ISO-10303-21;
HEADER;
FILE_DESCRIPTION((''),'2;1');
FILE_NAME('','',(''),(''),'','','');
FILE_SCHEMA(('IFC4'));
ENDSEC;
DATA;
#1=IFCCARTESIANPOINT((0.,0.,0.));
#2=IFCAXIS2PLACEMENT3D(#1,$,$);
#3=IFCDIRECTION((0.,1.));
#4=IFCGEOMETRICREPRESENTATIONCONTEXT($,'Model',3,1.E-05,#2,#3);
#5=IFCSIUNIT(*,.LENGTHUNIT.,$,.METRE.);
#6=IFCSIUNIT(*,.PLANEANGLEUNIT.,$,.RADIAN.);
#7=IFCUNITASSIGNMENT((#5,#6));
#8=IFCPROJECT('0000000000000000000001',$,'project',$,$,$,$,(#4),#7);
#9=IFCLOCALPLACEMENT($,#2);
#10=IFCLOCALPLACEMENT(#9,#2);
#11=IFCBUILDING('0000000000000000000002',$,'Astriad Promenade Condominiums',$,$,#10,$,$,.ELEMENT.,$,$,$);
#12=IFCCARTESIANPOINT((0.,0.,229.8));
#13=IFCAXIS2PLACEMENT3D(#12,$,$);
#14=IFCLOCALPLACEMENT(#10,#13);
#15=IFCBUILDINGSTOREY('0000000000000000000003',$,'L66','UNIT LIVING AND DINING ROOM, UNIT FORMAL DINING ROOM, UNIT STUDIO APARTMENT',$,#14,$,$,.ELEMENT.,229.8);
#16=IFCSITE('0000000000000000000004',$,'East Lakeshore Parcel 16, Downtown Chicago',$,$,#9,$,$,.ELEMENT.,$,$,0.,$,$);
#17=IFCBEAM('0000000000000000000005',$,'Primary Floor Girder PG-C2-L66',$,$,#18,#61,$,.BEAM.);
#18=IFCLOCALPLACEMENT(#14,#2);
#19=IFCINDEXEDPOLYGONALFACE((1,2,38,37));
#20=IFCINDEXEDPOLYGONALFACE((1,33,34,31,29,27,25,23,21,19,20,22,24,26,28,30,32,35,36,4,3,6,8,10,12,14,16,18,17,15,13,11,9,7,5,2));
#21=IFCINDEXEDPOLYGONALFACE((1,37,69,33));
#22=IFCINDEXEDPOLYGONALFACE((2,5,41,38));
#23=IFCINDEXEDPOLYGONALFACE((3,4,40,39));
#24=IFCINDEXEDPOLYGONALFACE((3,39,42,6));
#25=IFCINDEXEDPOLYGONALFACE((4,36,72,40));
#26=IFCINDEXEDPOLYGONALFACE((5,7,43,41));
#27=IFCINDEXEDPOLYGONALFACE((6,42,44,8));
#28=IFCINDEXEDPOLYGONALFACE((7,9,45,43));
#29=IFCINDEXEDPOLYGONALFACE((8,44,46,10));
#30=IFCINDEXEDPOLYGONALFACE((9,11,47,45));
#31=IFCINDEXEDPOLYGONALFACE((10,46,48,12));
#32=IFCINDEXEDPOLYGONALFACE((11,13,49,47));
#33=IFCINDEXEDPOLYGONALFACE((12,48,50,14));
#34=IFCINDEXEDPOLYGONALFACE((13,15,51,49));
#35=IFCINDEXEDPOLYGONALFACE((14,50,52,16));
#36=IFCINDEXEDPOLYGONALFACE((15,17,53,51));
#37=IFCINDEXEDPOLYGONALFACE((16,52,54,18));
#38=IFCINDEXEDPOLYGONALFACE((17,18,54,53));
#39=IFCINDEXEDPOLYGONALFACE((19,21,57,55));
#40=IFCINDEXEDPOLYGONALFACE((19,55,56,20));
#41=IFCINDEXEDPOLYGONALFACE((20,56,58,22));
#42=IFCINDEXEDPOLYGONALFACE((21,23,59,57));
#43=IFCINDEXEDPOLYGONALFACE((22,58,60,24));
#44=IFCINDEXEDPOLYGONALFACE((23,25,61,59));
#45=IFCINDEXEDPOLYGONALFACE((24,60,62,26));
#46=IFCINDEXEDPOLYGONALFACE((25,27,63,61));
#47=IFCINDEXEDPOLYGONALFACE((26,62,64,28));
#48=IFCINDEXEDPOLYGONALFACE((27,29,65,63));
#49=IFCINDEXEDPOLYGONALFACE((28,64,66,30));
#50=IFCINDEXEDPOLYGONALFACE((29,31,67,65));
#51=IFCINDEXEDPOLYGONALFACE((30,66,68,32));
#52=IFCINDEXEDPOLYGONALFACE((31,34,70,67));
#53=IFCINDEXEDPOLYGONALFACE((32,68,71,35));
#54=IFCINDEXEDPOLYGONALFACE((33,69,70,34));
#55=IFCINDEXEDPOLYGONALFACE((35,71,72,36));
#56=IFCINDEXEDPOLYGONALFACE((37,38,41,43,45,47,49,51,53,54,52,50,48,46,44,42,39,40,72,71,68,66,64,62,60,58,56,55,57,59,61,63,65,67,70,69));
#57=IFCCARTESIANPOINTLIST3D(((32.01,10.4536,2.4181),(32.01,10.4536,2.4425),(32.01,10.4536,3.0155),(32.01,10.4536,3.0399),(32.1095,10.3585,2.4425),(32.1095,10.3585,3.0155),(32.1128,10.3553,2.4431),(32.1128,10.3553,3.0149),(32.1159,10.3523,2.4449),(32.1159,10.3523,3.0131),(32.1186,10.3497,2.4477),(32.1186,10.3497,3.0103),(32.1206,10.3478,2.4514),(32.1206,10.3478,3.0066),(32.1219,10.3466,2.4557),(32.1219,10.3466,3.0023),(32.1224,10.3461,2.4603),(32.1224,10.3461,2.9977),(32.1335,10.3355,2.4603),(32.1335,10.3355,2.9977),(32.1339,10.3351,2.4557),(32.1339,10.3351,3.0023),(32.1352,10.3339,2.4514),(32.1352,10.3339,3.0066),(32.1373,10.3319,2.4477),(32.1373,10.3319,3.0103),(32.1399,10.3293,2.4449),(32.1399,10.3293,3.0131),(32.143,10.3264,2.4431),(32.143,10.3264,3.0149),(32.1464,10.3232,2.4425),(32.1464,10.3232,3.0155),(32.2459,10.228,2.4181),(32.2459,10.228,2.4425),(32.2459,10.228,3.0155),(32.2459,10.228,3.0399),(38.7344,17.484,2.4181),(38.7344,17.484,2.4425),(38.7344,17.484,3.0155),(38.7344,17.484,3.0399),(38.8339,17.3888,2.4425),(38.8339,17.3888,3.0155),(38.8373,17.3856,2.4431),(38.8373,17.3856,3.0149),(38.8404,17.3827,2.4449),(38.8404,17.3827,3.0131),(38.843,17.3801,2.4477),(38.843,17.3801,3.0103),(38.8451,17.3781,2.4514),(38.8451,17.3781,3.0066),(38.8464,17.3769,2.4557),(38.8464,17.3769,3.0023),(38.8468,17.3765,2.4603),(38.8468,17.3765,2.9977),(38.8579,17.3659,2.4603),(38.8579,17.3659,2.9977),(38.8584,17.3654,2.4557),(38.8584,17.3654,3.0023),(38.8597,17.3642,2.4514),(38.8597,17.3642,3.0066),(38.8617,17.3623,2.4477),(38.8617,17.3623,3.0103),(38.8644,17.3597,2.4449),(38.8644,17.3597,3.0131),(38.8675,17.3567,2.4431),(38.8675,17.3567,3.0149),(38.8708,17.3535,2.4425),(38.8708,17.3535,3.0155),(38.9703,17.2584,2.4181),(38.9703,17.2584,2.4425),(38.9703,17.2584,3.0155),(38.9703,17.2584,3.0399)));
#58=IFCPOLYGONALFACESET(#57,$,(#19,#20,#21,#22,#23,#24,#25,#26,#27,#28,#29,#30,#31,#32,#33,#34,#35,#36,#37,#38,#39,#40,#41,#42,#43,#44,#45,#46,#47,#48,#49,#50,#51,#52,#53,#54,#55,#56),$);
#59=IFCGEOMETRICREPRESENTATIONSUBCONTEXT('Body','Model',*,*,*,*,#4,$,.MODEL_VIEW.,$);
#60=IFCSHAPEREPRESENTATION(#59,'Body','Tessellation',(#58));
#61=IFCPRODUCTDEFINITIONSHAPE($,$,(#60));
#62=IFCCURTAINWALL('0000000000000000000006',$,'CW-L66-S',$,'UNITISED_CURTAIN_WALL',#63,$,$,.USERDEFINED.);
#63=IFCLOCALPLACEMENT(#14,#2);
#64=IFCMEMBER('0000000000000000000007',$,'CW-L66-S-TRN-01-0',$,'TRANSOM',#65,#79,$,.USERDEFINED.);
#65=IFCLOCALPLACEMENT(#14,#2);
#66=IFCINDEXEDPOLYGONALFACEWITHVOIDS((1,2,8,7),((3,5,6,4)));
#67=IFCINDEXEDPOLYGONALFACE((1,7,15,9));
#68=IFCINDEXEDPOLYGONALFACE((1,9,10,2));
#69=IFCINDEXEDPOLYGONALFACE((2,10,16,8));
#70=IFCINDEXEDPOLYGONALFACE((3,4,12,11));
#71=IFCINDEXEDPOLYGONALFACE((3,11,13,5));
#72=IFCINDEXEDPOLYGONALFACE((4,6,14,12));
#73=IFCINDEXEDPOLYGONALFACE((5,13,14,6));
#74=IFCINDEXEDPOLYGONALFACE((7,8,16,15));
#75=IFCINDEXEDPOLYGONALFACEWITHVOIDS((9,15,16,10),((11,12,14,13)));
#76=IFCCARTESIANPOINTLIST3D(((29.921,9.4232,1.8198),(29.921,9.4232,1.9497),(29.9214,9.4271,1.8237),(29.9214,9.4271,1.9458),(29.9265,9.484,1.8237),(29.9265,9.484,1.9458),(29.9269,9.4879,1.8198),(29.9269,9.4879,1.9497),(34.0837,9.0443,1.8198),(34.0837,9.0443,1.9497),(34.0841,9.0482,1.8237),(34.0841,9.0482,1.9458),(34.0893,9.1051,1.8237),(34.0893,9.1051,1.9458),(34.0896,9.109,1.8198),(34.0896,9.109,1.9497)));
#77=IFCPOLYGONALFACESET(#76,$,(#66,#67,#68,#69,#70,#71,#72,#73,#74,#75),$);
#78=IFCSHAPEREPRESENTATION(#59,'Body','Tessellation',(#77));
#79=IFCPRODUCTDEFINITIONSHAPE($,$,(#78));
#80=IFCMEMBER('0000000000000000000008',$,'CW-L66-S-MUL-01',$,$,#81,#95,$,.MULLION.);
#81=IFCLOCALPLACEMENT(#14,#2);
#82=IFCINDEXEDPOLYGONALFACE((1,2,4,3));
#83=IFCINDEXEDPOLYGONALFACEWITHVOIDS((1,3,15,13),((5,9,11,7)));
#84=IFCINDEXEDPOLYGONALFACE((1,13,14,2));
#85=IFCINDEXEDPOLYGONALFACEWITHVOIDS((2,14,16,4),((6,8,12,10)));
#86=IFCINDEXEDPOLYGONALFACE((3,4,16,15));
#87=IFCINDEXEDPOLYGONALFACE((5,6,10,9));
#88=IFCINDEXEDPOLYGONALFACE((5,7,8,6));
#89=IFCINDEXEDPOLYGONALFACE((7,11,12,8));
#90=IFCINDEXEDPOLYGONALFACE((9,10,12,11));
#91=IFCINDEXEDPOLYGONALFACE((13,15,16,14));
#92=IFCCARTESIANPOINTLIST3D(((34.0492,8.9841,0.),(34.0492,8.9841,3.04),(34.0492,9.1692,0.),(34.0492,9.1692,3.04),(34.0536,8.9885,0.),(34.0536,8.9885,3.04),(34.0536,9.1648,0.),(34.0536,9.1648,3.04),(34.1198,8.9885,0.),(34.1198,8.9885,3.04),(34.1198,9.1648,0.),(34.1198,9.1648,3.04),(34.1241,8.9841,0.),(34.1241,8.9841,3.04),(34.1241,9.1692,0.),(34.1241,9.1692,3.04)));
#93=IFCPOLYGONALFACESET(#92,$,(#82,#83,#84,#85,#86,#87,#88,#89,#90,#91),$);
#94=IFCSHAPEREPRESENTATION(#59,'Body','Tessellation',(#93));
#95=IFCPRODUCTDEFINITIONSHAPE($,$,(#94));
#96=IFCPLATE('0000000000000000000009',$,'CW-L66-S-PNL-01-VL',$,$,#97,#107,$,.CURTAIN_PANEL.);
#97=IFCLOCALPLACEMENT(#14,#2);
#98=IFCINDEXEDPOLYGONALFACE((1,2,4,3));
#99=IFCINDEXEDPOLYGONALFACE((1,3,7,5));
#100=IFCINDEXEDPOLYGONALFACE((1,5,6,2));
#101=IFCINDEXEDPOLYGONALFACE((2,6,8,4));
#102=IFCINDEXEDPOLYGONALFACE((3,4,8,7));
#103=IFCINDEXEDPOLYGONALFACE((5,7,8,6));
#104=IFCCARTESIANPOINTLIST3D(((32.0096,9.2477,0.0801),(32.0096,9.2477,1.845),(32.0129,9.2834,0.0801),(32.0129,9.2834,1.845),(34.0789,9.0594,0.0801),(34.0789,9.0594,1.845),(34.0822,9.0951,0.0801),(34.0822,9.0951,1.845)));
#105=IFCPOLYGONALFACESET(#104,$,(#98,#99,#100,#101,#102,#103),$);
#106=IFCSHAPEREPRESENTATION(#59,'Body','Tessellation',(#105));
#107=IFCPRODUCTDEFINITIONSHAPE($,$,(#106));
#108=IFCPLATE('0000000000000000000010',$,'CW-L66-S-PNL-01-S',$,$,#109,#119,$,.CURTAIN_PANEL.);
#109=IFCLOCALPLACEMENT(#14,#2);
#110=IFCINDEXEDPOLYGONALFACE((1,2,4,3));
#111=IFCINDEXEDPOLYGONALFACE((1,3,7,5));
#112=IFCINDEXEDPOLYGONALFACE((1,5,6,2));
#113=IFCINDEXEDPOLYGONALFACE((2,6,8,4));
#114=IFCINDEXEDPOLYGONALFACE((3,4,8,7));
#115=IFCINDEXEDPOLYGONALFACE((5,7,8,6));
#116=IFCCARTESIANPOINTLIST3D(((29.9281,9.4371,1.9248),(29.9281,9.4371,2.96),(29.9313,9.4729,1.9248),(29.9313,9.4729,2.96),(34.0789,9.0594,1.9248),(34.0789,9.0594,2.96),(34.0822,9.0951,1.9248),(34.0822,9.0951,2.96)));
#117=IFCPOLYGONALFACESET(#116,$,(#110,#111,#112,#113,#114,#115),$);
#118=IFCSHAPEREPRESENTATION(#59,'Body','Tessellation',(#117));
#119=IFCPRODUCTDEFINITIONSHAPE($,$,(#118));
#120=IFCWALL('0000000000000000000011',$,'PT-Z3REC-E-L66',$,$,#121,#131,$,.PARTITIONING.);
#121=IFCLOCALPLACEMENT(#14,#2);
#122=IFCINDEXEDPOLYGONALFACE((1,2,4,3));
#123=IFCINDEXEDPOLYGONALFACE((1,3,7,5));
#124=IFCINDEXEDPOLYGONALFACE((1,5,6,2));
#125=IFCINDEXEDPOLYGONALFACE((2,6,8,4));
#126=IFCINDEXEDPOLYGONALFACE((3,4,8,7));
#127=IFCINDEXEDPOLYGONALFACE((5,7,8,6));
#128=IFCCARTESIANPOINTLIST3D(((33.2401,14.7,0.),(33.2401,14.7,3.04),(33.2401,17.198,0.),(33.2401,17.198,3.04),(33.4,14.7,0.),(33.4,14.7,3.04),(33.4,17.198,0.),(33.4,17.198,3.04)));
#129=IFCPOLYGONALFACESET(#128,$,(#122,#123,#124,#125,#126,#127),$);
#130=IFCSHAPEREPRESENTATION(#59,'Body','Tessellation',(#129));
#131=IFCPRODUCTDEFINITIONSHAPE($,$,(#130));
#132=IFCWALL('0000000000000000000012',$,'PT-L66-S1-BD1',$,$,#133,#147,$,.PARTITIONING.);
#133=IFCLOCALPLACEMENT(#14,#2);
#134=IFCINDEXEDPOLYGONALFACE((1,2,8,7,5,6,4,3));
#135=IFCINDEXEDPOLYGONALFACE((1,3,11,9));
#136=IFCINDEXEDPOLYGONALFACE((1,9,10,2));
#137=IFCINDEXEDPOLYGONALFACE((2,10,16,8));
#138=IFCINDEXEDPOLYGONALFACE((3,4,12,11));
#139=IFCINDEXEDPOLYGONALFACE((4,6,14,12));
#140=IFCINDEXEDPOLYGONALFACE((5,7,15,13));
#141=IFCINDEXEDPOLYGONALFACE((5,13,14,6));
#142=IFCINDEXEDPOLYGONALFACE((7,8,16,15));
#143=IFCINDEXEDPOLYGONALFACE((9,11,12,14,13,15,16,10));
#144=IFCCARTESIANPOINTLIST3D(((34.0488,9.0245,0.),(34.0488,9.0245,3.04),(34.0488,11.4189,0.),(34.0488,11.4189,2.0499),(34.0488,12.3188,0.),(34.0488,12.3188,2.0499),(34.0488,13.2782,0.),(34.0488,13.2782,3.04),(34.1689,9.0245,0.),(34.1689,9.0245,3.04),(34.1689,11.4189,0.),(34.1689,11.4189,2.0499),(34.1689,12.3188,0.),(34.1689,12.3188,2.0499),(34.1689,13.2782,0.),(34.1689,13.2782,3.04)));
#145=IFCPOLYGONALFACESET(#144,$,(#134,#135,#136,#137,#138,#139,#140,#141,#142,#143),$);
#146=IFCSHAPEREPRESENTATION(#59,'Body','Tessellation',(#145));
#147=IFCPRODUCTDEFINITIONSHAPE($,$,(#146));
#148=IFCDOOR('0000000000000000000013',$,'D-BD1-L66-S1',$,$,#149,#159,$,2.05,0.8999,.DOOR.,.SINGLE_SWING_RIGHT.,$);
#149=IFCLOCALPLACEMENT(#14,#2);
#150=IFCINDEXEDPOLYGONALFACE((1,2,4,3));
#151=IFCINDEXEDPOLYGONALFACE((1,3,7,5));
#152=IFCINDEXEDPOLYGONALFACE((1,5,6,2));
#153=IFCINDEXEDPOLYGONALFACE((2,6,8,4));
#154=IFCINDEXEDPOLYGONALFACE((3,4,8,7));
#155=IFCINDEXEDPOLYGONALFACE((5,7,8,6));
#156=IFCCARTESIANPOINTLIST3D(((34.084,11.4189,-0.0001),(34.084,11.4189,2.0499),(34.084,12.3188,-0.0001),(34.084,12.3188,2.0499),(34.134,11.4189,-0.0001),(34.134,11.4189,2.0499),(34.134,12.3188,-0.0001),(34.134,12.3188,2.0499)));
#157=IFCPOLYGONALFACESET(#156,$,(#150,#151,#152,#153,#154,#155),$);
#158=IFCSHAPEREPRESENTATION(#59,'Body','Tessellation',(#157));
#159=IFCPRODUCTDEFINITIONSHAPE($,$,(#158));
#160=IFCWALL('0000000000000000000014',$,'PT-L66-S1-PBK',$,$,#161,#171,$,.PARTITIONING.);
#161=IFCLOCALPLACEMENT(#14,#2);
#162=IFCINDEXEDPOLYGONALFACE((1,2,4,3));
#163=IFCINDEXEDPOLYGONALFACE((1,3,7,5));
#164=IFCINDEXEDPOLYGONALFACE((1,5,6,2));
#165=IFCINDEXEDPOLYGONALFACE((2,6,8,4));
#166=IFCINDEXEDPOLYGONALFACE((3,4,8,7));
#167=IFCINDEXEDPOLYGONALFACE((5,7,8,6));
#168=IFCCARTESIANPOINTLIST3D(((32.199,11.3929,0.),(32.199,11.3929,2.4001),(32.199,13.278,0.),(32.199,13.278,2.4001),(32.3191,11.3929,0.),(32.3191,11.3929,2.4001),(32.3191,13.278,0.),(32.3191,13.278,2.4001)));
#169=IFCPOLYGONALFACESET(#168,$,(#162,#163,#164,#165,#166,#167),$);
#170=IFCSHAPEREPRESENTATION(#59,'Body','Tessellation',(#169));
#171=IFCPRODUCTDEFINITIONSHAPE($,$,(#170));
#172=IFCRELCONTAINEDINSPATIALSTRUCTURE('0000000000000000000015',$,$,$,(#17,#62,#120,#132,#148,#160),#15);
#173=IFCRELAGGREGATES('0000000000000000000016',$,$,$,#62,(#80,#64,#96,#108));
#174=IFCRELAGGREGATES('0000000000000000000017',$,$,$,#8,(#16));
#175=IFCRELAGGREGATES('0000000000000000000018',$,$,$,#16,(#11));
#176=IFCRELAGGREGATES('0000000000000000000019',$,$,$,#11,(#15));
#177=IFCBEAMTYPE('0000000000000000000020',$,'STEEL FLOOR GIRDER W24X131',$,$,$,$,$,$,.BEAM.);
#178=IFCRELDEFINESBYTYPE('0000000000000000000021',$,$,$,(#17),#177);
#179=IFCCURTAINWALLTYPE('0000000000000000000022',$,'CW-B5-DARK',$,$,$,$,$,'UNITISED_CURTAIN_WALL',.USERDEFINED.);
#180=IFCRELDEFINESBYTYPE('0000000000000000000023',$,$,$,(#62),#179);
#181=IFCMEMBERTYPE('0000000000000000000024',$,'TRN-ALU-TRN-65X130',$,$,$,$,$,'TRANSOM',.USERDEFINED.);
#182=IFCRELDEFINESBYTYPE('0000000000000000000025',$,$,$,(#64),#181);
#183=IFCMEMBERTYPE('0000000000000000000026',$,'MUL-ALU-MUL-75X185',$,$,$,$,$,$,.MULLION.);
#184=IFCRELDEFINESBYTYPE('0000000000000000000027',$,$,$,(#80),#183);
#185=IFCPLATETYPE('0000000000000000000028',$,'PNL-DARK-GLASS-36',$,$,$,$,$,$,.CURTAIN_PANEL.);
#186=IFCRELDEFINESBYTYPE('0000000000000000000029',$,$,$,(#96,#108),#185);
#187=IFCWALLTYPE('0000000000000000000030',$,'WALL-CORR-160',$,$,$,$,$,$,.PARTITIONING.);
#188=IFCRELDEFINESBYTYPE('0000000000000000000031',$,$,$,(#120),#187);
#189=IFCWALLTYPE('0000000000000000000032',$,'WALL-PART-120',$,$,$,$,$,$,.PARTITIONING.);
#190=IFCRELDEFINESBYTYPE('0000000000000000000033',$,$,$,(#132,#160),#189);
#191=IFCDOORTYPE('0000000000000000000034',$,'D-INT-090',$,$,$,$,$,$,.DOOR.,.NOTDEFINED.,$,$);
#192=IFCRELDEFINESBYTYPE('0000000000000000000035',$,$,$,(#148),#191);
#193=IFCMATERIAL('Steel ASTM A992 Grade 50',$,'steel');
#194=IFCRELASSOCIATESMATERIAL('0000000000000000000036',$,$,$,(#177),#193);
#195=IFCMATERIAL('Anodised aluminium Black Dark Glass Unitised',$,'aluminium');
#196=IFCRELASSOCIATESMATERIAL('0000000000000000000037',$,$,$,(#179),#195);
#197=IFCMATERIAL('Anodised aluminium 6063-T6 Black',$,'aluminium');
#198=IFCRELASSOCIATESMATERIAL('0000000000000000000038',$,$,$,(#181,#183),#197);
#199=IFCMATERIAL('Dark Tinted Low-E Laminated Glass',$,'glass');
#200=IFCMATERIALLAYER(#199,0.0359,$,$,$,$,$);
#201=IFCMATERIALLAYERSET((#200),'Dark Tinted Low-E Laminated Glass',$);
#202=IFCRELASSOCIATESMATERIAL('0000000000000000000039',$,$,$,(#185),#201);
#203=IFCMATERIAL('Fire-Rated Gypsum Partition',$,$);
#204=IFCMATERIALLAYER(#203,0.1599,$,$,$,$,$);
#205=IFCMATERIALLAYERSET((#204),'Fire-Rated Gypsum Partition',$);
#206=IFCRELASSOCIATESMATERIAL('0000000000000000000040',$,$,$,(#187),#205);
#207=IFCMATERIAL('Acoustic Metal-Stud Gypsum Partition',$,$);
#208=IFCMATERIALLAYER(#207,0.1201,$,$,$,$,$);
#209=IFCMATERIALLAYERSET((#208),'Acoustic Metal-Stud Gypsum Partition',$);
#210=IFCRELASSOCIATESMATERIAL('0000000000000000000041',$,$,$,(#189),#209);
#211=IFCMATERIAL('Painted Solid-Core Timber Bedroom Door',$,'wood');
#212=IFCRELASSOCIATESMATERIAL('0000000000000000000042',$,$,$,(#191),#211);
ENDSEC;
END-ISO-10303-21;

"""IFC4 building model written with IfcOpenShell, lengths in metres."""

from ifc_helpers import new_model, si_unit, direction, frame, frame_2d, origin, origin_2d, place, context, subcontext, project, spatial, rectangle, hollow_rectangle, i_section, extrude, source, transform, mapped, material, layer, layer_set, material_profile, profile_set, type_object, type_shapes, element, fill, aggregate, save


model = new_model("IFC4")

# Units and contexts
model_context = context("Model", 3, precision=1e-05, world=origin(), true_north=direction((0.0, 1.0)))
body_context = subcontext(model_context, "Body", "Model", "MODEL_VIEW")
ifc_project = project(units=[si_unit("LENGTHUNIT", "METRE"), si_unit("PLANEANGLEUNIT", "RADIAN")], contexts=[model_context])

# Site, building, storey
site_placement = place(None, origin())
site = spatial("IfcSite", under=ifc_project, at=site_placement, Name="East Lakeshore Parcel 16, Downtown Chicago", CompositionType="ELEMENT", RefElevation=0.0)
building_placement = place(site_placement, origin())
building = spatial("IfcBuilding", under=site, at=building_placement, Name="Astriad Promenade Condominiums", CompositionType="ELEMENT")
storey_placement = place(building_placement, frame((0.0, 0.0, 229.8)))
storey = spatial("IfcBuildingStorey", under=building, at=storey_placement, Name="L66", Description="UNIT LIVING AND DINING ROOM, UNIT FORMAL DINING ROOM, UNIT STUDIO APARTMENT", CompositionType="ELEMENT", Elevation=229.8)

# Shared definitions
ifc_material_1 = material(Name="Steel ASTM A992 Grade 50", Category="steel")

# Beam
ifc_material_profile_1 = material_profile(ifc_material_1, i_section(OverallWidth=0.3264, OverallDepth=0.6218, WebThickness=0.0154, FlangeThickness=0.0244, FilletRadius=0.0178, at=origin_2d()), Name="W24X131")
ifc_profile_set_1 = profile_set([ifc_material_profile_1], Name="Steel ASTM A992 Grade 50")
beam_type_1 = type_object("IfcBeamType", Name="STEEL FLOOR GIRDER W24X131", PredefinedType="BEAM", material=ifc_profile_set_1)
shared_shape_1 = source(origin(), body_context, "Body", "SweptSolid", [
    extrude(i_section(OverallWidth=0.3264, OverallDepth=0.6218, WebThickness=0.0154, FlangeThickness=0.0244, FilletRadius=0.0178, at=origin_2d()), origin(), (0.0, 0.0, 1.0), 9.7285),
])
beam_1_placement = place(storey_placement, frame((32.1279, 10.3408, 2.729), z_axis=(0.69121, 0.722654, 0.0), x_axis=(-0.722654, 0.69121, 0.0)))
element("IfcBeam", 1, at=beam_1_placement, inside=storey, type_object=beam_type_1, Name="Primary Floor Girder PG-C2-L66", PredefinedType="BEAM", context=body_context, shape_type="MappedRepresentation", body=[
    mapped(shared_shape_1, transform((0.0, 0.0, 0.0), scale=1.0)),
])

# Curtain wall, members, plates
ifc_material_2 = material(Name="Anodised aluminium Black Dark Glass Unitised", Category="aluminium")
curtain_wall_type = type_object("IfcCurtainWallType", Name="CW-B5-DARK", ElementType="UNITISED_CURTAIN_WALL", PredefinedType="USERDEFINED", material=ifc_material_2)
curtain_wall_placement = place(storey_placement, origin())
curtain_wall = element("IfcCurtainWall", 2, at=curtain_wall_placement, inside=storey, type_object=curtain_wall_type, Name="CW-L66-S", ObjectType="UNITISED_CURTAIN_WALL", PredefinedType="USERDEFINED")
ifc_material_3 = material(Name="Anodised aluminium 6063-T6 Black", Category="aluminium")
ifc_material_profile_2 = material_profile(ifc_material_3, hollow_rectangle(XDim=0.0649, YDim=0.1299, WallThickness=0.0039, at=origin_2d()), Name="ALU-TRN-65X130")
ifc_profile_set_2 = profile_set([ifc_material_profile_2], Name="Anodised aluminium 6063-T6 Black")
member_type_1 = type_object("IfcMemberType", Name="TRN-ALU-TRN-65X130", ElementType="TRANSOM", PredefinedType="USERDEFINED", material=ifc_profile_set_2)
shared_shape_2 = source(origin(), body_context, "Body", "SweptSolid", [
    extrude(hollow_rectangle(XDim=0.0649, YDim=0.1299, WallThickness=0.0039, at=origin_2d()), origin(), (0.0, 0.0, 1.0), 4.1799),
])
type_shapes(member_type_1, [shared_shape_2])
member_1_placement = place(storey_placement, frame((34.0867, 9.0767, 1.8848), z_axis=(-0.995883, 0.090646, 0.0), x_axis=(-0.090646, -0.995883, 0.0)))
member_1 = element("IfcMember", 3, at=member_1_placement, type_object=member_type_1, Name="CW-L66-S-TRN-01-0", ObjectType="TRANSOM", PredefinedType="USERDEFINED", context=body_context, shape_type="MappedRepresentation", body=[
    mapped(shared_shape_2, transform((0.0, 0.0, 0.0), scale=1.0)),
])
ifc_material_profile_3 = material_profile(ifc_material_3, hollow_rectangle(XDim=0.075, YDim=0.1851, WallThickness=0.0044, at=origin_2d()), Name="ALU-MUL-75X185")
ifc_profile_set_3 = profile_set([ifc_material_profile_3], Name="Anodised aluminium 6063-T6 Black")
member_type_2 = type_object("IfcMemberType", Name="MUL-ALU-MUL-75X185", PredefinedType="MULLION", material=ifc_profile_set_3)
shared_shape_3 = source(origin(), body_context, "Body", "SweptSolid", [
    extrude(hollow_rectangle(XDim=0.075, YDim=0.1851, WallThickness=0.0044, at=origin_2d()), origin(), (0.0, 0.0, 1.0), 3.04),
])
type_shapes(member_type_2, [shared_shape_3])
member_2_placement = place(storey_placement, frame((34.0867, 9.0767, 0.0), z_axis=(0.0, 0.0, 1.0), x_axis=(1.0, 0.0, 0.0)))
member_2 = element("IfcMember", 4, at=member_2_placement, type_object=member_type_2, Name="CW-L66-S-MUL-01", PredefinedType="MULLION", context=body_context, shape_type="MappedRepresentation", body=[
    mapped(shared_shape_3, transform((0.0, 0.0, 0.0), scale=1.0)),
])
ifc_material_4 = material(Name="Dark Tinted Low-E Laminated Glass", Category="glass")
ifc_layer_1 = layer(ifc_material_4, 0.0359)
ifc_layer_set_1 = layer_set([ifc_layer_1], Name="Dark Tinted Low-E Laminated Glass")
plate_type = type_object("IfcPlateType", Name="PNL-DARK-GLASS-36", PredefinedType="CURTAIN_PANEL", material=ifc_layer_set_1)
shared_shape_4 = source(origin(), body_context, "Body", "SweptSolid", [
    extrude(rectangle(XDim=2.0779, YDim=0.0359, at=origin_2d()), origin(), (0.0, 0.0, 1.0), 1.7649),
])
plate_1_placement = place(storey_placement, frame((33.0459, 9.1714, 0.0801), z_axis=(0.0, 0.0, 1.0), x_axis=(-0.995884, 0.090633, 0.0)))
plate_1 = element("IfcPlate", 5, at=plate_1_placement, type_object=plate_type, Name="CW-L66-S-PNL-01-VL", PredefinedType="CURTAIN_PANEL", context=body_context, shape_type="MappedRepresentation", body=[
    mapped(shared_shape_4, transform((0.0, 0.0, 0.0), scale=1.0)),
])
shared_shape_5 = source(origin(), body_context, "Body", "SweptSolid", [
    extrude(rectangle(XDim=4.168, YDim=0.0359, at=origin_2d()), origin(), (0.0, 0.0, 1.0), 1.0352),
])
type_shapes(plate_type, [shared_shape_4, shared_shape_5])
plate_2_placement = place(storey_placement, frame((32.0051, 9.2661, 1.9248), z_axis=(0.0, 0.0, 1.0), x_axis=(-0.995884, 0.090633, 0.0)))
plate_2 = element("IfcPlate", 6, at=plate_2_placement, type_object=plate_type, Name="CW-L66-S-PNL-01-S", PredefinedType="CURTAIN_PANEL", context=body_context, shape_type="MappedRepresentation", body=[
    mapped(shared_shape_5, transform((0.0, 0.0, 0.0), scale=1.0)),
])
aggregate(curtain_wall, [member_2, member_1, plate_1, plate_2])

# Wall
ifc_material_5 = material(Name="Fire-Rated Gypsum Partition")
ifc_layer_2 = layer(ifc_material_5, 0.1599)
ifc_layer_set_2 = layer_set([ifc_layer_2], Name="Fire-Rated Gypsum Partition")
wall_type_1 = type_object("IfcWallType", Name="WALL-CORR-160", PredefinedType="PARTITIONING", material=ifc_layer_set_2)
wall_1_placement = place(storey_placement, frame((33.3201, 14.7, 0.0), z_axis=(0.0, 0.0, 1.0), x_axis=(0.0, 1.0, 0.0)))
element("IfcWall", 7, at=wall_1_placement, inside=storey, type_object=wall_type_1, Name="PT-Z3REC-E-L66", PredefinedType="PARTITIONING", context=body_context, shape_type="SweptSolid", body=[
    extrude(rectangle(XDim=2.498, YDim=0.1599, at=frame_2d((1.249, 0.0))), origin(), (0.0, 0.0, 1.0), 3.04),
])

# Wall, opening, door
ifc_material_6 = material(Name="Acoustic Metal-Stud Gypsum Partition")
ifc_layer_3 = layer(ifc_material_6, 0.1201)
ifc_layer_set_3 = layer_set([ifc_layer_3], Name="Acoustic Metal-Stud Gypsum Partition")
wall_type_2 = type_object("IfcWallType", Name="WALL-PART-120", PredefinedType="PARTITIONING", material=ifc_layer_set_3)
wall_2_placement = place(storey_placement, frame((34.1089, 9.0244, 0.0), z_axis=(0.0, 0.0, 1.0), x_axis=(0.0, 1.0, 0.0)))
wall_2 = element("IfcWall", 8, at=wall_2_placement, inside=storey, type_object=wall_type_2, Name="PT-L66-S1-BD1", PredefinedType="PARTITIONING", context=body_context, shape_type="SweptSolid", body=[
    extrude(rectangle(XDim=4.2537, YDim=0.1201, at=frame_2d((2.127, 0.0))), origin(), (0.0, 0.0, 1.0), 3.04),
])
opening_placement = place(wall_2_placement, frame((2.3945, 0.0, 0.0)))
opening = element("IfcOpeningElement", 9, at=opening_placement, cuts=wall_2, PredefinedType="OPENING", context=body_context, shape_type="SweptSolid", body=[
    extrude(rectangle(XDim=0.8999, YDim=2.05, at=frame_2d((0.45, 1.0249))), frame((0.0, 0.0701, 0.0), z_axis=(0.0, -1.0, 0.0), x_axis=(1.0, 0.0, 0.0)), (0.0, 0.0, 1.0), 0.1401),
])
ifc_material_7 = material(Name="Painted Solid-Core Timber Bedroom Door", Category="wood")
door_type = type_object("IfcDoorType", Name="D-INT-090", OperationType="NOTDEFINED", PredefinedType="DOOR", material=ifc_material_7)
shared_shape_6 = source(origin(), body_context, "Body", "SweptSolid", [
    extrude(rectangle(XDim=0.8999, YDim=2.05, at=frame_2d((0.45, 1.0249))), frame((0.0, 0.0249, 0.0), z_axis=(0.0, -1.0, 0.0), x_axis=(1.0, 0.0, 0.0)), (0.0, 0.0, 1.0), 0.05),
])
type_shapes(door_type, [shared_shape_6])
door_placement = place(opening_placement, origin())
door = element("IfcDoor", 10, at=door_placement, inside=storey, type_object=door_type, Name="D-BD1-L66-S1", OperationType="SINGLE_SWING_RIGHT", OverallHeight=2.05, OverallWidth=0.8999, PredefinedType="DOOR", context=body_context, shape_type="MappedRepresentation", body=[
    mapped(shared_shape_6, transform((0.0, 0.0, 0.0), scale=1.0)),
])
fill(opening, door)

# Wall
wall_3_placement = place(storey_placement, frame((32.259, 11.3931, 0.0), z_axis=(0.0, 0.0, 1.0), x_axis=(0.0, 1.0, 0.0)))
element("IfcWall", 11, at=wall_3_placement, inside=storey, type_object=wall_type_2, Name="PT-L66-S1-PBK", PredefinedType="PARTITIONING", context=body_context, shape_type="SweptSolid", body=[
    extrude(rectangle(XDim=1.885, YDim=0.1201, at=frame_2d((0.9424, 0.0))), origin(), (0.0, 0.0, 1.0), 2.4001),
])

save(model, "model.ifc")
